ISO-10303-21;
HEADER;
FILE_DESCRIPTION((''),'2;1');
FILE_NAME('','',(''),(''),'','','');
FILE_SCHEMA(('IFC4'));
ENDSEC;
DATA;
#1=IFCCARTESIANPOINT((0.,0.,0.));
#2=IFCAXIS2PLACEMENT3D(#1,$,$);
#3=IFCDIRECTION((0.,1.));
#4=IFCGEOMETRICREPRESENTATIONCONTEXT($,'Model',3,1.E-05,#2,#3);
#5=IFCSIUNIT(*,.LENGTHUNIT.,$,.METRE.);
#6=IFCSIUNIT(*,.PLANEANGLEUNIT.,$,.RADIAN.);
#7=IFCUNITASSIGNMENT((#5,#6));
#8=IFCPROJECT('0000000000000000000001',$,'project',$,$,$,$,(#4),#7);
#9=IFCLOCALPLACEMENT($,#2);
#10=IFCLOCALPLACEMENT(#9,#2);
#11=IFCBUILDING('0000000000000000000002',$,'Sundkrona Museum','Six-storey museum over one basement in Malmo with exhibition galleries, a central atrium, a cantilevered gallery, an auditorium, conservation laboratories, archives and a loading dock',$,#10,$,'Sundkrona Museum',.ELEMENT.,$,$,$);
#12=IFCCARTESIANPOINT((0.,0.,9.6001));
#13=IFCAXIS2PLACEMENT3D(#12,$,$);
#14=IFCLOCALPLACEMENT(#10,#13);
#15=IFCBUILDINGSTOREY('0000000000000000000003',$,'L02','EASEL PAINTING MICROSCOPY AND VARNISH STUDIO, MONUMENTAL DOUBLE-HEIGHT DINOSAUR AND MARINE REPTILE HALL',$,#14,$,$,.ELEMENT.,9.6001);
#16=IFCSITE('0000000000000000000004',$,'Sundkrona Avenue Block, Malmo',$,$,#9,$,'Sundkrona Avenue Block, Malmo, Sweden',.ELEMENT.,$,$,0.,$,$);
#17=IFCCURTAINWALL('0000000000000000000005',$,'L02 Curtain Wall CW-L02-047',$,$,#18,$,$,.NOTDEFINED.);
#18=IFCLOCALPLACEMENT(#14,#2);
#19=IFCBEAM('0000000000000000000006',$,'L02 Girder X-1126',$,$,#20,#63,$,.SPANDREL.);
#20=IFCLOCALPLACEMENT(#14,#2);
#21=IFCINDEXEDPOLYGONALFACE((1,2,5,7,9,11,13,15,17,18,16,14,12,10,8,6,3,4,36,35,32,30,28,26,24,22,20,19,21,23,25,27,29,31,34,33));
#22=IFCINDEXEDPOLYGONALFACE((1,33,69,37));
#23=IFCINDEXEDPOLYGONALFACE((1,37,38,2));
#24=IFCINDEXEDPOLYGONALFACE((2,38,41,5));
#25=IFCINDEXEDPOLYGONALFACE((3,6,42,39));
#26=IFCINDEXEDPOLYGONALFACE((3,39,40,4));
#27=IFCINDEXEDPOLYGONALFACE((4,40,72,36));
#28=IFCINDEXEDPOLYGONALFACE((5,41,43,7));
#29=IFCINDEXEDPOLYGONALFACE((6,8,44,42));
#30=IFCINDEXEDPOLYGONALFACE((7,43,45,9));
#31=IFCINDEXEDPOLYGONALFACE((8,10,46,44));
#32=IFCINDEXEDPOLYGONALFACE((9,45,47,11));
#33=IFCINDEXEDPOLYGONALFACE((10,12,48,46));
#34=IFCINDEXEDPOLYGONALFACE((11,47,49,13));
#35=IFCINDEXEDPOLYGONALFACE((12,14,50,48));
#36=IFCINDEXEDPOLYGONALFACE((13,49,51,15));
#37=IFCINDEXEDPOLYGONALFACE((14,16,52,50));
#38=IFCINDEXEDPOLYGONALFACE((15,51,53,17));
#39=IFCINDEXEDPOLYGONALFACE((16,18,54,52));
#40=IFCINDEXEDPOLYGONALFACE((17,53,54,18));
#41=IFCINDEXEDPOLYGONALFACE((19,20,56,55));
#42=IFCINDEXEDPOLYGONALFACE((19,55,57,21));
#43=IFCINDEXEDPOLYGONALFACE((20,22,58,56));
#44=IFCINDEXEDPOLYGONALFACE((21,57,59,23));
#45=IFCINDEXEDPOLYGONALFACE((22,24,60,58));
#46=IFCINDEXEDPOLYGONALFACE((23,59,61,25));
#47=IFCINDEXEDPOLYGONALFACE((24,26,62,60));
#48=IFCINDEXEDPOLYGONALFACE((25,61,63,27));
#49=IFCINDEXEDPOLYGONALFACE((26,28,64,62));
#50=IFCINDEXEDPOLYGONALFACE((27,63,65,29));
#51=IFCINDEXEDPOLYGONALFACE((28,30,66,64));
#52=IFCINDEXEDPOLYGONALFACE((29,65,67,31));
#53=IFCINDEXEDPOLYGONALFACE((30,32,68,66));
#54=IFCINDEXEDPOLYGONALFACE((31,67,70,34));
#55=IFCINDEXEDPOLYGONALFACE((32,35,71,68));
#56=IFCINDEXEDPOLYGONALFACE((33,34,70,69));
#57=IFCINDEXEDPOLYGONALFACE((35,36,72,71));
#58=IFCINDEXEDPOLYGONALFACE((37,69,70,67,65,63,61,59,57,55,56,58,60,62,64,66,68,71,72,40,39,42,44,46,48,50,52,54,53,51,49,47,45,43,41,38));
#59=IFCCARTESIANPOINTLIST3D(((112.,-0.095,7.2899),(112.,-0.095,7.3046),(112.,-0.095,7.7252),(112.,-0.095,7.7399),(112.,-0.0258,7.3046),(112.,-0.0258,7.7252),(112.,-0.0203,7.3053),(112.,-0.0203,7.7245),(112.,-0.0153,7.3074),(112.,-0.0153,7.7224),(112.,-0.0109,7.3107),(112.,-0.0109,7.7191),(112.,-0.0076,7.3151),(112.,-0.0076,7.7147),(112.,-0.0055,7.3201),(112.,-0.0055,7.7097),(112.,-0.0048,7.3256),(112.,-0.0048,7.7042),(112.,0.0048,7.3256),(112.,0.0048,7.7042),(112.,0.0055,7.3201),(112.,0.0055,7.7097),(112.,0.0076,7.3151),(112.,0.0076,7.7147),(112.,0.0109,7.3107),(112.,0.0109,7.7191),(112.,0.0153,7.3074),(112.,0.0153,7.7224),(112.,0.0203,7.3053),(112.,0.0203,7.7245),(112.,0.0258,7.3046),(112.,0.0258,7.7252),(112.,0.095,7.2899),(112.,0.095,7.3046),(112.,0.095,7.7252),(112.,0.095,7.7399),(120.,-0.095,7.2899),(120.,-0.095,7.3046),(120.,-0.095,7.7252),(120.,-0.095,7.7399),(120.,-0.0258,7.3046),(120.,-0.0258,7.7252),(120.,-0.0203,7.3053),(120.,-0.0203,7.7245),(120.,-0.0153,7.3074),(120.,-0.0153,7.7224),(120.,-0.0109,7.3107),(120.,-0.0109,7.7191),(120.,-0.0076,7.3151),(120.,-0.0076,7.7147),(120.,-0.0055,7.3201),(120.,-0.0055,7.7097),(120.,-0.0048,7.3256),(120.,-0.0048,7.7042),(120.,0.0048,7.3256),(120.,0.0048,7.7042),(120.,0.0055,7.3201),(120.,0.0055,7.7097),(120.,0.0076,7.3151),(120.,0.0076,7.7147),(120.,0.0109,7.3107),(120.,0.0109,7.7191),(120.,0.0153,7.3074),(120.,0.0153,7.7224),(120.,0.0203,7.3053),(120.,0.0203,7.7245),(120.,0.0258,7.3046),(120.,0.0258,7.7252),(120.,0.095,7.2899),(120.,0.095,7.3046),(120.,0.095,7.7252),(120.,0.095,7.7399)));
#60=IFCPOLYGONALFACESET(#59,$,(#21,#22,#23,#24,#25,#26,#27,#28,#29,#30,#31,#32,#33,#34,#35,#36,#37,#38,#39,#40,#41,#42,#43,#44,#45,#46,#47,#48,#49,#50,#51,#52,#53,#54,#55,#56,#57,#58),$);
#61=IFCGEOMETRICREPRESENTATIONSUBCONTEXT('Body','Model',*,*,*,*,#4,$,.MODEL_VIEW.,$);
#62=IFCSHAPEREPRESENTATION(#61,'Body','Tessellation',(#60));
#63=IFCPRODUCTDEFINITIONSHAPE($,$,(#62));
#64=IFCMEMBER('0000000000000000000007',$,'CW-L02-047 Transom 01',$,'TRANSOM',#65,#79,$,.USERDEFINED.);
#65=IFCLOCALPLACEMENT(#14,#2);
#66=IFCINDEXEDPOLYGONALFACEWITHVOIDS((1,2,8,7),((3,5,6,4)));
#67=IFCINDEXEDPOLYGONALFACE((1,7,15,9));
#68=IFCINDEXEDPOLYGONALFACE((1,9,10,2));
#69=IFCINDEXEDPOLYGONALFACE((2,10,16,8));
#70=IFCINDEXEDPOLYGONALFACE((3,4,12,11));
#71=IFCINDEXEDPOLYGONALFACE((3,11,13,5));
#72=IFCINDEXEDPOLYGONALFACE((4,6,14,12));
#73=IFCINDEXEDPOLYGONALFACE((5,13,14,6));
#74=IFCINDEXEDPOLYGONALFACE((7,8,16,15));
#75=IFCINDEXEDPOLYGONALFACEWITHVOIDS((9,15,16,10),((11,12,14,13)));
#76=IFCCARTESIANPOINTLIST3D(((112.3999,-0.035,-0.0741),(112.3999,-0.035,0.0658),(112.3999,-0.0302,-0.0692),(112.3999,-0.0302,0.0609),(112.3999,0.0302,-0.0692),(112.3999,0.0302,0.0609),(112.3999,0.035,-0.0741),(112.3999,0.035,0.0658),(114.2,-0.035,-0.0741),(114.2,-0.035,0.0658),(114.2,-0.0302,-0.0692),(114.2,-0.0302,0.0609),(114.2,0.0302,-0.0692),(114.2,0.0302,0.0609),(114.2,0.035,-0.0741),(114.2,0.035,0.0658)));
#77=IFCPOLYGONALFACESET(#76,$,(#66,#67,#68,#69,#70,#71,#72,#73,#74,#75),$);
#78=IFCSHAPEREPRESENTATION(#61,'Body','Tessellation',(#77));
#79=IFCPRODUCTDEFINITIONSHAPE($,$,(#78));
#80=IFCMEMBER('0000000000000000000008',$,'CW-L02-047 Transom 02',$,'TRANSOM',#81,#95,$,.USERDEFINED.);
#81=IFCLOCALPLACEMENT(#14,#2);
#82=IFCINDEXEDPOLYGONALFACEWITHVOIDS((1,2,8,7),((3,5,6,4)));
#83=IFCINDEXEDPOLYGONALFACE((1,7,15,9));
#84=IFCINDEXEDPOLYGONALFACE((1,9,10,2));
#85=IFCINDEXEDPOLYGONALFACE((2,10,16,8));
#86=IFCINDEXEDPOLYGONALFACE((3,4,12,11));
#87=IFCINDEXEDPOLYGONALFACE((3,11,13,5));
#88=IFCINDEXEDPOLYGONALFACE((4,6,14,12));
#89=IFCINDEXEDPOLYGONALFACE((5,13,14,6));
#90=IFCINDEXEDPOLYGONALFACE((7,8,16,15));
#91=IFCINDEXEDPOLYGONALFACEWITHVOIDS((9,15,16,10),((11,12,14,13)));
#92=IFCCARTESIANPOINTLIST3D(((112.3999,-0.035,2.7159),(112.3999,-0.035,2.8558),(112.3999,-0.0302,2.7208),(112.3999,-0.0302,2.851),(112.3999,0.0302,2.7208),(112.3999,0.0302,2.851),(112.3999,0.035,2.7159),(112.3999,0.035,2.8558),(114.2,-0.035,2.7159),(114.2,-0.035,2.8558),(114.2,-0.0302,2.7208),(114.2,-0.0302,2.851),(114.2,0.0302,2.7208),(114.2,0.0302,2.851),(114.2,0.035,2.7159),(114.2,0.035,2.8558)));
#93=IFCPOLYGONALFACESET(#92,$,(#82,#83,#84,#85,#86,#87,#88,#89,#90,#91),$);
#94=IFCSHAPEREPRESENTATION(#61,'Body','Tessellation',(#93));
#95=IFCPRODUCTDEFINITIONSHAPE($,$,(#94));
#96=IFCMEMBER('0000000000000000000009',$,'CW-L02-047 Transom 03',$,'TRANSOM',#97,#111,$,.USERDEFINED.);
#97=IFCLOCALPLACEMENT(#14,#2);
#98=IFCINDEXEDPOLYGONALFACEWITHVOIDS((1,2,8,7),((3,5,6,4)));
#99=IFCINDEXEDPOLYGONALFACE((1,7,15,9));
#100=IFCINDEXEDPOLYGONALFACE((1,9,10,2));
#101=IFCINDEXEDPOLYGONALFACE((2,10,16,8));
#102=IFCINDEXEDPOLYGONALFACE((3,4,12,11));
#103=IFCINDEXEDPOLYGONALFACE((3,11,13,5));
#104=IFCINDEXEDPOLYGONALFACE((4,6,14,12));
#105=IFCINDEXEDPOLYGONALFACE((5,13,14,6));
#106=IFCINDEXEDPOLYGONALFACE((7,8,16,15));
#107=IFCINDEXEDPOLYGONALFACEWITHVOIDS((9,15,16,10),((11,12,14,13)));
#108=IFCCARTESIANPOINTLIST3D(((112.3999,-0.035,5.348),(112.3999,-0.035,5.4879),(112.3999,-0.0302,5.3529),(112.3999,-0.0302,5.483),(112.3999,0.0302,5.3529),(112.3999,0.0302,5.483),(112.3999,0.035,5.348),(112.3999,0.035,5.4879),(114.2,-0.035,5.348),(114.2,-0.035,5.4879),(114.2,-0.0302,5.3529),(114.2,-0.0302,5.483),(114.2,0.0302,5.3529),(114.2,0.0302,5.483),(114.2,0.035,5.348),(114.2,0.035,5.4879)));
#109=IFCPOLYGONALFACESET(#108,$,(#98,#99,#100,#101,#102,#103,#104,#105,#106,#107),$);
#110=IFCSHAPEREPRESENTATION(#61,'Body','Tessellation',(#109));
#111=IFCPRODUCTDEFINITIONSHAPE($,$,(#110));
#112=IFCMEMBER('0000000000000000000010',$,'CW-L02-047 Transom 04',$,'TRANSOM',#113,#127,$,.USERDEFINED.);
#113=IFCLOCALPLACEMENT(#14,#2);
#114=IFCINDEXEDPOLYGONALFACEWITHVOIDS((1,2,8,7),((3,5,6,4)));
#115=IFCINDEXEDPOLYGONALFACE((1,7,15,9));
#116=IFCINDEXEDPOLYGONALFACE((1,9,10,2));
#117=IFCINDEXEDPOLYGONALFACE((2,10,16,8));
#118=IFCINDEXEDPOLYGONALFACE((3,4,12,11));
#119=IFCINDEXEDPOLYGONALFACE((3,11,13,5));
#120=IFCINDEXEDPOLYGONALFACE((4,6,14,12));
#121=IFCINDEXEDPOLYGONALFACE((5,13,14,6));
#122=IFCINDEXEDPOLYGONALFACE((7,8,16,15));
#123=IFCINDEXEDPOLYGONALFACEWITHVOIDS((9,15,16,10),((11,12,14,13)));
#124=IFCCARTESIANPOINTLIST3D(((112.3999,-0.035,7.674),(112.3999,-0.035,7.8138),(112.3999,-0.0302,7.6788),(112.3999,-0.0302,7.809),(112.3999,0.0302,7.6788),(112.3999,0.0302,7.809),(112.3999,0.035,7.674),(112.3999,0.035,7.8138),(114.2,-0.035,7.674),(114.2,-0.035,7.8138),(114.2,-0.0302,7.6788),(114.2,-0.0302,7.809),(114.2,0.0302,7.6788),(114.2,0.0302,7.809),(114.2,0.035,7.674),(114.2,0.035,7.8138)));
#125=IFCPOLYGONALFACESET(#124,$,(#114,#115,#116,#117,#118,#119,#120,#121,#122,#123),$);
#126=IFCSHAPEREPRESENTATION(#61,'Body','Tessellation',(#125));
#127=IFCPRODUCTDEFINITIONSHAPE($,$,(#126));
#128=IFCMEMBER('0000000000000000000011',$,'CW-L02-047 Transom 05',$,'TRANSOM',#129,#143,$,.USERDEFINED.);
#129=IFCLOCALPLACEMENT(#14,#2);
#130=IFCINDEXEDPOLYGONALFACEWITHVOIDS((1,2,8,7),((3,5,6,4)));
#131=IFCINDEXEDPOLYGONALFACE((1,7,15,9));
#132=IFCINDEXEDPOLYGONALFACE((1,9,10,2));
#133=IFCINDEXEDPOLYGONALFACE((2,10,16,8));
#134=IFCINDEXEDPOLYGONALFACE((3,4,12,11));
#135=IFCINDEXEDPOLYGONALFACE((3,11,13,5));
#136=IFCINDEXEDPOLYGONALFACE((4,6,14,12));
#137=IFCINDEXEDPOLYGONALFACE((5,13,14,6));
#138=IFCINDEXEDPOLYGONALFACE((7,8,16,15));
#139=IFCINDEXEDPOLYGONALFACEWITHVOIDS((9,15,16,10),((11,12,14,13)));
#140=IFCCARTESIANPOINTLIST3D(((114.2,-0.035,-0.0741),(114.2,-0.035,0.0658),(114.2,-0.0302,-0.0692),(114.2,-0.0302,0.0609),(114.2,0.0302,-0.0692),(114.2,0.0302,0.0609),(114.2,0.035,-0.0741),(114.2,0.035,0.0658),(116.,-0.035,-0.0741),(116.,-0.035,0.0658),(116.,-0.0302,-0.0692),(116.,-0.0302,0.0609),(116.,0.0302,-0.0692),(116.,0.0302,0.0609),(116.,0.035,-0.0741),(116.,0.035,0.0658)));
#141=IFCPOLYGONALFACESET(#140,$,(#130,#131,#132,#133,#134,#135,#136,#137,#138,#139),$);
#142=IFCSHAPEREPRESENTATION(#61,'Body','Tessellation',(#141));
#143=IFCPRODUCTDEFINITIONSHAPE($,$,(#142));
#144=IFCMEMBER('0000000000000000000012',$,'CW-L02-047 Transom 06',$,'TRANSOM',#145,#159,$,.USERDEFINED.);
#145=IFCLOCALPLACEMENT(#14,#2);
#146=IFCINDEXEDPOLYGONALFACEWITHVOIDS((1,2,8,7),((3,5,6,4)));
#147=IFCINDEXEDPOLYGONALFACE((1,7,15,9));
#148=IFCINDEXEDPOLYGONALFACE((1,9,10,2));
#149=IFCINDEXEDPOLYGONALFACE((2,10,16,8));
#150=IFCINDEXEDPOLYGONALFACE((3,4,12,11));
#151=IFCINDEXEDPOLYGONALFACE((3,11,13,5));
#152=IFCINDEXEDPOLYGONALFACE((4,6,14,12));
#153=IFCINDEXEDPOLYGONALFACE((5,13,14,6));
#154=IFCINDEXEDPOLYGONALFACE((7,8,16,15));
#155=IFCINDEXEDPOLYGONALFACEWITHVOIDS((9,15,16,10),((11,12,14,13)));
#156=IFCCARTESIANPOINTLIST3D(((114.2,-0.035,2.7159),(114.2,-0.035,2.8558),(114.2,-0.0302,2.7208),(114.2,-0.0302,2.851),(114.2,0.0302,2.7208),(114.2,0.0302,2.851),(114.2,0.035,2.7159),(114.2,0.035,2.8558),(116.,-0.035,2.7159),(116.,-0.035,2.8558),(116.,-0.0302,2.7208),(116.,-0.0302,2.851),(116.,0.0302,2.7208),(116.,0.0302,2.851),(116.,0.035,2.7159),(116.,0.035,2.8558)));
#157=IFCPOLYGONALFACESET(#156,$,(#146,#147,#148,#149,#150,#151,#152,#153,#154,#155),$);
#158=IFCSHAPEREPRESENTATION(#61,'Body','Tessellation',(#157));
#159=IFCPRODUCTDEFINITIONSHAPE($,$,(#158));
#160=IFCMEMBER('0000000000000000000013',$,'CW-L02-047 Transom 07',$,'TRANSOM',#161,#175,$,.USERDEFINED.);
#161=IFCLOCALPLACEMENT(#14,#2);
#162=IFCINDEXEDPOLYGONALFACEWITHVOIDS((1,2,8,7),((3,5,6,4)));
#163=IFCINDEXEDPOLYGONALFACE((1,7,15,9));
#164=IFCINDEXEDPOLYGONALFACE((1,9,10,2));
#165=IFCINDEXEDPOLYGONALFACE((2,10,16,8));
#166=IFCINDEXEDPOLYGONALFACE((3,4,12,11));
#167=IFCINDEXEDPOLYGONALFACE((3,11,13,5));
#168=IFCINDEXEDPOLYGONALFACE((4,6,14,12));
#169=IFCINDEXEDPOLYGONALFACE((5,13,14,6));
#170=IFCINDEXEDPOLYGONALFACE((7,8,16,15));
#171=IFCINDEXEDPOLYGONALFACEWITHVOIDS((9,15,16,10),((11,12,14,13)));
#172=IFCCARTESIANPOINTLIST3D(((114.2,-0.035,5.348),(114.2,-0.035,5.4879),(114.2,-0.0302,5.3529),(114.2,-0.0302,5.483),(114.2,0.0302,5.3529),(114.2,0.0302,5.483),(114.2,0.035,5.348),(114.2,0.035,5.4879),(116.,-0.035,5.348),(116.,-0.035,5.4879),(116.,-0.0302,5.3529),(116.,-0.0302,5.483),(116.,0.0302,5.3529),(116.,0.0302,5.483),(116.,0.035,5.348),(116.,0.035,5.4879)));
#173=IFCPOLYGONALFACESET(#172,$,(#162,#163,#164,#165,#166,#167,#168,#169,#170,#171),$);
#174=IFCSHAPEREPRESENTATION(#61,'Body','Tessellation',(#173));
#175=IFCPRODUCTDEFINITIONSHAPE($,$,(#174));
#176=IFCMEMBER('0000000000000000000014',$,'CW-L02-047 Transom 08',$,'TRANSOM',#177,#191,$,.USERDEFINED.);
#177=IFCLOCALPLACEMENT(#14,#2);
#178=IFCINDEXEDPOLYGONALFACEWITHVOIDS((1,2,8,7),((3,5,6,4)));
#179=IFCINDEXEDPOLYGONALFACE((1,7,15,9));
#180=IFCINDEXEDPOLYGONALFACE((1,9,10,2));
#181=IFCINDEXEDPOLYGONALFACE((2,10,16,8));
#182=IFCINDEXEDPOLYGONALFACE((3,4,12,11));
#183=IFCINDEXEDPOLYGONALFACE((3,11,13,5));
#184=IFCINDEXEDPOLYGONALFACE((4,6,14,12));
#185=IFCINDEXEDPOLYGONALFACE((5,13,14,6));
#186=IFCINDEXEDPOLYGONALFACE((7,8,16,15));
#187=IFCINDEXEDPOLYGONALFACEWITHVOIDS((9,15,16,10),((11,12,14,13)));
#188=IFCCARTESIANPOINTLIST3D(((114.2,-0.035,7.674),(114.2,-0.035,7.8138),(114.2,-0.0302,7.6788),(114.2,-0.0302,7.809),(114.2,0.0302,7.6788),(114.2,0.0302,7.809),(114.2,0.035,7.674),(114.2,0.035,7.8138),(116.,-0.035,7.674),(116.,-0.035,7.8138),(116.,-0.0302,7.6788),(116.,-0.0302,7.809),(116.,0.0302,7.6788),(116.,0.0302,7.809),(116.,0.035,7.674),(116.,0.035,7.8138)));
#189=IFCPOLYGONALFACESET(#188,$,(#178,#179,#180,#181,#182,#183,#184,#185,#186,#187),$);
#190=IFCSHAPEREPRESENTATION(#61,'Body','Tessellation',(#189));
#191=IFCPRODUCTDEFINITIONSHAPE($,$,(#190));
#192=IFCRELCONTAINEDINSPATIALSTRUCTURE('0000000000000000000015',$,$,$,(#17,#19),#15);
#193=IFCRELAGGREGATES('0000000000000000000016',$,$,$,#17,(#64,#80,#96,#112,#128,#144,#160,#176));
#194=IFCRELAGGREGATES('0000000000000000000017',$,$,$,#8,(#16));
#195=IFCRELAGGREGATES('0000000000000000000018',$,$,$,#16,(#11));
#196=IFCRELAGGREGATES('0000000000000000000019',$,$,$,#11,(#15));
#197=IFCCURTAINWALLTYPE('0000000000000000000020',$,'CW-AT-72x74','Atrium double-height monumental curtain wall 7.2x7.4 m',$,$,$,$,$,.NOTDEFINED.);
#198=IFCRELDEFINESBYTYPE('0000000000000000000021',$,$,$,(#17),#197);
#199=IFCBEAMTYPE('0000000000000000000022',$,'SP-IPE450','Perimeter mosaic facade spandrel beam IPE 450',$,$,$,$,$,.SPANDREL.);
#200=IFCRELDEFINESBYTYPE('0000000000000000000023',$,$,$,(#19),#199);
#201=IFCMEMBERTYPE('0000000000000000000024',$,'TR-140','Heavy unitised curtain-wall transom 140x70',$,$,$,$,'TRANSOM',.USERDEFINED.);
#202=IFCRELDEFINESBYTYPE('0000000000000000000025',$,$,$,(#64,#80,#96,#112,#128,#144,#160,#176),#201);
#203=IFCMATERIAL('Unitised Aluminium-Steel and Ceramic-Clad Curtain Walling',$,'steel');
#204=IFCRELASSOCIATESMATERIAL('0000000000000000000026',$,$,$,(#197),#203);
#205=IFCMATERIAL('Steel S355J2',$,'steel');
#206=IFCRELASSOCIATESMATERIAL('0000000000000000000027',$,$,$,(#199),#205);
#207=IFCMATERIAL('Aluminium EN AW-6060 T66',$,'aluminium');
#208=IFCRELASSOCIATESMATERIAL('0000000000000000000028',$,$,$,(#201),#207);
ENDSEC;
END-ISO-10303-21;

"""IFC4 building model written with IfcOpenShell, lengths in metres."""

from ifc_helpers import new_model, si_unit, direction, frame, origin, origin_2d, place, context, subcontext, project, spatial, hollow_rectangle, i_section, extrude, material, material_profile, profile_set, type_object, element, aggregate, save


model = new_model("IFC4")

# Units and contexts
model_context = context("Model", 3, precision=1e-05, world=origin(), true_north=direction((0.0, 1.0)))
body_context = subcontext(model_context, "Body", "Model", "MODEL_VIEW")
ifc_project = project(units=[si_unit("LENGTHUNIT", "METRE"), si_unit("PLANEANGLEUNIT", "RADIAN")], contexts=[model_context])

# Site, building, storey
site_placement = place(None, origin())
site = spatial("IfcSite", under=ifc_project, at=site_placement, Name="Sundkrona Avenue Block, Malmo", LongName="Sundkrona Avenue Block, Malmo, Sweden", CompositionType="ELEMENT", RefElevation=0.0)
building_placement = place(site_placement, origin())
building = spatial("IfcBuilding", under=site, at=building_placement, Name="Sundkrona Museum", Description="Six-storey museum over one basement in Malmo with exhibition galleries, a central atrium, a cantilevered gallery, an auditorium, conservation laboratories, archives and a loading dock", LongName="Sundkrona Museum", CompositionType="ELEMENT")
storey_placement = place(building_placement, frame((0.0, 0.0, 9.6001)))
storey = spatial("IfcBuildingStorey", under=building, at=storey_placement, Name="L02", Description="EASEL PAINTING MICROSCOPY AND VARNISH STUDIO, MONUMENTAL DOUBLE-HEIGHT DINOSAUR AND MARINE REPTILE HALL", CompositionType="ELEMENT", Elevation=9.6001)

# Shared definitions
ifc_material_1 = material(Name="Steel S355J2", Category="steel")

# Shared definitions
ifc_material_2 = material(Name="Unitised Aluminium-Steel and Ceramic-Clad Curtain Walling", Category="steel")
curtain_wall_type = type_object("IfcCurtainWallType", Name="CW-AT-72x74", Description="Atrium double-height monumental curtain wall 7.2x7.4 m", PredefinedType="NOTDEFINED", material=ifc_material_2)
ifc_material_3 = material(Name="Aluminium EN AW-6060 T66", Category="aluminium")

# Curtain wall
curtain_wall_1_placement = place(storey_placement, origin())
curtain_wall_1 = element("IfcCurtainWall", 1, at=curtain_wall_1_placement, inside=storey, type_object=curtain_wall_type, Name="L02 Curtain Wall CW-L02-047", PredefinedType="NOTDEFINED")

# Beam
ifc_material_profile_1 = material_profile(ifc_material_1, i_section(OverallWidth=0.1899, OverallDepth=0.45, WebThickness=0.0095, FlangeThickness=0.0146, FilletRadius=0.021, at=origin_2d()), Name="IPE 450")
ifc_profile_set_1 = profile_set([ifc_material_profile_1], Name="Steel S355J2")
beam_type_1 = type_object("IfcBeamType", Name="SP-IPE450", Description="Perimeter mosaic facade spandrel beam IPE 450", PredefinedType="SPANDREL", material=ifc_profile_set_1)
beam_1_placement = place(storey_placement, frame((112.0, 0.0, 7.5149), z_axis=(1.0, 0.0, 0.0), x_axis=(0.0, 1.0, 0.0)))
element("IfcBeam", 2, at=beam_1_placement, inside=storey, type_object=beam_type_1, Name="L02 Girder X-1126", PredefinedType="SPANDREL", context=body_context, shape_type="SweptSolid", body=[
    extrude(i_section(OverallWidth=0.1899, OverallDepth=0.45, WebThickness=0.0095, FlangeThickness=0.0146, FilletRadius=0.021, at=origin_2d()), origin(), (0.0, 0.0, 1.0), 8.0),
])

# Members
ifc_material_profile_2 = material_profile(ifc_material_3, hollow_rectangle(XDim=0.0701, YDim=0.1399, WallThickness=0.0049, at=origin_2d()), Name="RHS 140x70x5.0")
ifc_profile_set_2 = profile_set([ifc_material_profile_2], Name="Aluminium EN AW-6060 T66")
member_type_1 = type_object("IfcMemberType", Name="TR-140", Description="Heavy unitised curtain-wall transom 140x70", ElementType="TRANSOM", PredefinedType="USERDEFINED", material=ifc_profile_set_2)
member_1_placement = place(storey_placement, frame((112.3999, 0.0, -0.0042), z_axis=(1.0, 0.0, 0.0), x_axis=(0.0, 1.0, 0.0)))
member_1 = element("IfcMember", 3, at=member_1_placement, type_object=member_type_1, Name="CW-L02-047 Transom 01", ObjectType="TRANSOM", PredefinedType="USERDEFINED", context=body_context, shape_type="SweptSolid", body=[
    extrude(hollow_rectangle(XDim=0.0701, YDim=0.1399, WallThickness=0.0049, at=origin_2d()), origin(), (0.0, 0.0, 1.0), 1.8),
])
member_2_placement = place(storey_placement, frame((112.3999, 0.0, 2.7859), z_axis=(1.0, 0.0, 0.0), x_axis=(0.0, 1.0, 0.0)))
member_2 = element("IfcMember", 4, at=member_2_placement, type_object=member_type_1, Name="CW-L02-047 Transom 02", ObjectType="TRANSOM", PredefinedType="USERDEFINED", context=body_context, shape_type="SweptSolid", body=[
    extrude(hollow_rectangle(XDim=0.0701, YDim=0.1399, WallThickness=0.0049, at=origin_2d()), origin(), (0.0, 0.0, 1.0), 1.8),
])
member_3_placement = place(storey_placement, frame((112.3999, 0.0, 5.418), z_axis=(1.0, 0.0, 0.0), x_axis=(0.0, 1.0, 0.0)))
member_3 = element("IfcMember", 5, at=member_3_placement, type_object=member_type_1, Name="CW-L02-047 Transom 03", ObjectType="TRANSOM", PredefinedType="USERDEFINED", context=body_context, shape_type="SweptSolid", body=[
    extrude(hollow_rectangle(XDim=0.0701, YDim=0.1399, WallThickness=0.0049, at=origin_2d()), origin(), (0.0, 0.0, 1.0), 1.8),
])
member_4_placement = place(storey_placement, frame((112.3999, 0.0, 7.7439), z_axis=(1.0, 0.0, 0.0), x_axis=(0.0, 1.0, 0.0)))
member_4 = element("IfcMember", 6, at=member_4_placement, type_object=member_type_1, Name="CW-L02-047 Transom 04", ObjectType="TRANSOM", PredefinedType="USERDEFINED", context=body_context, shape_type="SweptSolid", body=[
    extrude(hollow_rectangle(XDim=0.0701, YDim=0.1399, WallThickness=0.0049, at=origin_2d()), origin(), (0.0, 0.0, 1.0), 1.8),
])
member_5_placement = place(storey_placement, frame((114.2, 0.0, -0.0042), z_axis=(1.0, 0.0, 0.0), x_axis=(0.0, 1.0, 0.0)))
member_5 = element("IfcMember", 7, at=member_5_placement, type_object=member_type_1, Name="CW-L02-047 Transom 05", ObjectType="TRANSOM", PredefinedType="USERDEFINED", context=body_context, shape_type="SweptSolid", body=[
    extrude(hollow_rectangle(XDim=0.0701, YDim=0.1399, WallThickness=0.0049, at=origin_2d()), origin(), (0.0, 0.0, 1.0), 1.8),
])
member_6_placement = place(storey_placement, frame((114.2, 0.0, 2.7859), z_axis=(1.0, 0.0, 0.0), x_axis=(0.0, 1.0, 0.0)))
member_6 = element("IfcMember", 8, at=member_6_placement, type_object=member_type_1, Name="CW-L02-047 Transom 06", ObjectType="TRANSOM", PredefinedType="USERDEFINED", context=body_context, shape_type="SweptSolid", body=[
    extrude(hollow_rectangle(XDim=0.0701, YDim=0.1399, WallThickness=0.0049, at=origin_2d()), origin(), (0.0, 0.0, 1.0), 1.8),
])
member_7_placement = place(storey_placement, frame((114.2, 0.0, 5.418), z_axis=(1.0, 0.0, 0.0), x_axis=(0.0, 1.0, 0.0)))
member_7 = element("IfcMember", 9, at=member_7_placement, type_object=member_type_1, Name="CW-L02-047 Transom 07", ObjectType="TRANSOM", PredefinedType="USERDEFINED", context=body_context, shape_type="SweptSolid", body=[
    extrude(hollow_rectangle(XDim=0.0701, YDim=0.1399, WallThickness=0.0049, at=origin_2d()), origin(), (0.0, 0.0, 1.0), 1.8),
])
member_8_placement = place(storey_placement, frame((114.2, 0.0, 7.7439), z_axis=(1.0, 0.0, 0.0), x_axis=(0.0, 1.0, 0.0)))
member_8 = element("IfcMember", 10, at=member_8_placement, type_object=member_type_1, Name="CW-L02-047 Transom 08", ObjectType="TRANSOM", PredefinedType="USERDEFINED", context=body_context, shape_type="SweptSolid", body=[
    extrude(hollow_rectangle(XDim=0.0701, YDim=0.1399, WallThickness=0.0049, at=origin_2d()), origin(), (0.0, 0.0, 1.0), 1.8),
])

aggregate(curtain_wall_1, [member_1, member_2, member_3, member_4, member_5, member_6, member_7, member_8])

save(model, "model.ifc")
